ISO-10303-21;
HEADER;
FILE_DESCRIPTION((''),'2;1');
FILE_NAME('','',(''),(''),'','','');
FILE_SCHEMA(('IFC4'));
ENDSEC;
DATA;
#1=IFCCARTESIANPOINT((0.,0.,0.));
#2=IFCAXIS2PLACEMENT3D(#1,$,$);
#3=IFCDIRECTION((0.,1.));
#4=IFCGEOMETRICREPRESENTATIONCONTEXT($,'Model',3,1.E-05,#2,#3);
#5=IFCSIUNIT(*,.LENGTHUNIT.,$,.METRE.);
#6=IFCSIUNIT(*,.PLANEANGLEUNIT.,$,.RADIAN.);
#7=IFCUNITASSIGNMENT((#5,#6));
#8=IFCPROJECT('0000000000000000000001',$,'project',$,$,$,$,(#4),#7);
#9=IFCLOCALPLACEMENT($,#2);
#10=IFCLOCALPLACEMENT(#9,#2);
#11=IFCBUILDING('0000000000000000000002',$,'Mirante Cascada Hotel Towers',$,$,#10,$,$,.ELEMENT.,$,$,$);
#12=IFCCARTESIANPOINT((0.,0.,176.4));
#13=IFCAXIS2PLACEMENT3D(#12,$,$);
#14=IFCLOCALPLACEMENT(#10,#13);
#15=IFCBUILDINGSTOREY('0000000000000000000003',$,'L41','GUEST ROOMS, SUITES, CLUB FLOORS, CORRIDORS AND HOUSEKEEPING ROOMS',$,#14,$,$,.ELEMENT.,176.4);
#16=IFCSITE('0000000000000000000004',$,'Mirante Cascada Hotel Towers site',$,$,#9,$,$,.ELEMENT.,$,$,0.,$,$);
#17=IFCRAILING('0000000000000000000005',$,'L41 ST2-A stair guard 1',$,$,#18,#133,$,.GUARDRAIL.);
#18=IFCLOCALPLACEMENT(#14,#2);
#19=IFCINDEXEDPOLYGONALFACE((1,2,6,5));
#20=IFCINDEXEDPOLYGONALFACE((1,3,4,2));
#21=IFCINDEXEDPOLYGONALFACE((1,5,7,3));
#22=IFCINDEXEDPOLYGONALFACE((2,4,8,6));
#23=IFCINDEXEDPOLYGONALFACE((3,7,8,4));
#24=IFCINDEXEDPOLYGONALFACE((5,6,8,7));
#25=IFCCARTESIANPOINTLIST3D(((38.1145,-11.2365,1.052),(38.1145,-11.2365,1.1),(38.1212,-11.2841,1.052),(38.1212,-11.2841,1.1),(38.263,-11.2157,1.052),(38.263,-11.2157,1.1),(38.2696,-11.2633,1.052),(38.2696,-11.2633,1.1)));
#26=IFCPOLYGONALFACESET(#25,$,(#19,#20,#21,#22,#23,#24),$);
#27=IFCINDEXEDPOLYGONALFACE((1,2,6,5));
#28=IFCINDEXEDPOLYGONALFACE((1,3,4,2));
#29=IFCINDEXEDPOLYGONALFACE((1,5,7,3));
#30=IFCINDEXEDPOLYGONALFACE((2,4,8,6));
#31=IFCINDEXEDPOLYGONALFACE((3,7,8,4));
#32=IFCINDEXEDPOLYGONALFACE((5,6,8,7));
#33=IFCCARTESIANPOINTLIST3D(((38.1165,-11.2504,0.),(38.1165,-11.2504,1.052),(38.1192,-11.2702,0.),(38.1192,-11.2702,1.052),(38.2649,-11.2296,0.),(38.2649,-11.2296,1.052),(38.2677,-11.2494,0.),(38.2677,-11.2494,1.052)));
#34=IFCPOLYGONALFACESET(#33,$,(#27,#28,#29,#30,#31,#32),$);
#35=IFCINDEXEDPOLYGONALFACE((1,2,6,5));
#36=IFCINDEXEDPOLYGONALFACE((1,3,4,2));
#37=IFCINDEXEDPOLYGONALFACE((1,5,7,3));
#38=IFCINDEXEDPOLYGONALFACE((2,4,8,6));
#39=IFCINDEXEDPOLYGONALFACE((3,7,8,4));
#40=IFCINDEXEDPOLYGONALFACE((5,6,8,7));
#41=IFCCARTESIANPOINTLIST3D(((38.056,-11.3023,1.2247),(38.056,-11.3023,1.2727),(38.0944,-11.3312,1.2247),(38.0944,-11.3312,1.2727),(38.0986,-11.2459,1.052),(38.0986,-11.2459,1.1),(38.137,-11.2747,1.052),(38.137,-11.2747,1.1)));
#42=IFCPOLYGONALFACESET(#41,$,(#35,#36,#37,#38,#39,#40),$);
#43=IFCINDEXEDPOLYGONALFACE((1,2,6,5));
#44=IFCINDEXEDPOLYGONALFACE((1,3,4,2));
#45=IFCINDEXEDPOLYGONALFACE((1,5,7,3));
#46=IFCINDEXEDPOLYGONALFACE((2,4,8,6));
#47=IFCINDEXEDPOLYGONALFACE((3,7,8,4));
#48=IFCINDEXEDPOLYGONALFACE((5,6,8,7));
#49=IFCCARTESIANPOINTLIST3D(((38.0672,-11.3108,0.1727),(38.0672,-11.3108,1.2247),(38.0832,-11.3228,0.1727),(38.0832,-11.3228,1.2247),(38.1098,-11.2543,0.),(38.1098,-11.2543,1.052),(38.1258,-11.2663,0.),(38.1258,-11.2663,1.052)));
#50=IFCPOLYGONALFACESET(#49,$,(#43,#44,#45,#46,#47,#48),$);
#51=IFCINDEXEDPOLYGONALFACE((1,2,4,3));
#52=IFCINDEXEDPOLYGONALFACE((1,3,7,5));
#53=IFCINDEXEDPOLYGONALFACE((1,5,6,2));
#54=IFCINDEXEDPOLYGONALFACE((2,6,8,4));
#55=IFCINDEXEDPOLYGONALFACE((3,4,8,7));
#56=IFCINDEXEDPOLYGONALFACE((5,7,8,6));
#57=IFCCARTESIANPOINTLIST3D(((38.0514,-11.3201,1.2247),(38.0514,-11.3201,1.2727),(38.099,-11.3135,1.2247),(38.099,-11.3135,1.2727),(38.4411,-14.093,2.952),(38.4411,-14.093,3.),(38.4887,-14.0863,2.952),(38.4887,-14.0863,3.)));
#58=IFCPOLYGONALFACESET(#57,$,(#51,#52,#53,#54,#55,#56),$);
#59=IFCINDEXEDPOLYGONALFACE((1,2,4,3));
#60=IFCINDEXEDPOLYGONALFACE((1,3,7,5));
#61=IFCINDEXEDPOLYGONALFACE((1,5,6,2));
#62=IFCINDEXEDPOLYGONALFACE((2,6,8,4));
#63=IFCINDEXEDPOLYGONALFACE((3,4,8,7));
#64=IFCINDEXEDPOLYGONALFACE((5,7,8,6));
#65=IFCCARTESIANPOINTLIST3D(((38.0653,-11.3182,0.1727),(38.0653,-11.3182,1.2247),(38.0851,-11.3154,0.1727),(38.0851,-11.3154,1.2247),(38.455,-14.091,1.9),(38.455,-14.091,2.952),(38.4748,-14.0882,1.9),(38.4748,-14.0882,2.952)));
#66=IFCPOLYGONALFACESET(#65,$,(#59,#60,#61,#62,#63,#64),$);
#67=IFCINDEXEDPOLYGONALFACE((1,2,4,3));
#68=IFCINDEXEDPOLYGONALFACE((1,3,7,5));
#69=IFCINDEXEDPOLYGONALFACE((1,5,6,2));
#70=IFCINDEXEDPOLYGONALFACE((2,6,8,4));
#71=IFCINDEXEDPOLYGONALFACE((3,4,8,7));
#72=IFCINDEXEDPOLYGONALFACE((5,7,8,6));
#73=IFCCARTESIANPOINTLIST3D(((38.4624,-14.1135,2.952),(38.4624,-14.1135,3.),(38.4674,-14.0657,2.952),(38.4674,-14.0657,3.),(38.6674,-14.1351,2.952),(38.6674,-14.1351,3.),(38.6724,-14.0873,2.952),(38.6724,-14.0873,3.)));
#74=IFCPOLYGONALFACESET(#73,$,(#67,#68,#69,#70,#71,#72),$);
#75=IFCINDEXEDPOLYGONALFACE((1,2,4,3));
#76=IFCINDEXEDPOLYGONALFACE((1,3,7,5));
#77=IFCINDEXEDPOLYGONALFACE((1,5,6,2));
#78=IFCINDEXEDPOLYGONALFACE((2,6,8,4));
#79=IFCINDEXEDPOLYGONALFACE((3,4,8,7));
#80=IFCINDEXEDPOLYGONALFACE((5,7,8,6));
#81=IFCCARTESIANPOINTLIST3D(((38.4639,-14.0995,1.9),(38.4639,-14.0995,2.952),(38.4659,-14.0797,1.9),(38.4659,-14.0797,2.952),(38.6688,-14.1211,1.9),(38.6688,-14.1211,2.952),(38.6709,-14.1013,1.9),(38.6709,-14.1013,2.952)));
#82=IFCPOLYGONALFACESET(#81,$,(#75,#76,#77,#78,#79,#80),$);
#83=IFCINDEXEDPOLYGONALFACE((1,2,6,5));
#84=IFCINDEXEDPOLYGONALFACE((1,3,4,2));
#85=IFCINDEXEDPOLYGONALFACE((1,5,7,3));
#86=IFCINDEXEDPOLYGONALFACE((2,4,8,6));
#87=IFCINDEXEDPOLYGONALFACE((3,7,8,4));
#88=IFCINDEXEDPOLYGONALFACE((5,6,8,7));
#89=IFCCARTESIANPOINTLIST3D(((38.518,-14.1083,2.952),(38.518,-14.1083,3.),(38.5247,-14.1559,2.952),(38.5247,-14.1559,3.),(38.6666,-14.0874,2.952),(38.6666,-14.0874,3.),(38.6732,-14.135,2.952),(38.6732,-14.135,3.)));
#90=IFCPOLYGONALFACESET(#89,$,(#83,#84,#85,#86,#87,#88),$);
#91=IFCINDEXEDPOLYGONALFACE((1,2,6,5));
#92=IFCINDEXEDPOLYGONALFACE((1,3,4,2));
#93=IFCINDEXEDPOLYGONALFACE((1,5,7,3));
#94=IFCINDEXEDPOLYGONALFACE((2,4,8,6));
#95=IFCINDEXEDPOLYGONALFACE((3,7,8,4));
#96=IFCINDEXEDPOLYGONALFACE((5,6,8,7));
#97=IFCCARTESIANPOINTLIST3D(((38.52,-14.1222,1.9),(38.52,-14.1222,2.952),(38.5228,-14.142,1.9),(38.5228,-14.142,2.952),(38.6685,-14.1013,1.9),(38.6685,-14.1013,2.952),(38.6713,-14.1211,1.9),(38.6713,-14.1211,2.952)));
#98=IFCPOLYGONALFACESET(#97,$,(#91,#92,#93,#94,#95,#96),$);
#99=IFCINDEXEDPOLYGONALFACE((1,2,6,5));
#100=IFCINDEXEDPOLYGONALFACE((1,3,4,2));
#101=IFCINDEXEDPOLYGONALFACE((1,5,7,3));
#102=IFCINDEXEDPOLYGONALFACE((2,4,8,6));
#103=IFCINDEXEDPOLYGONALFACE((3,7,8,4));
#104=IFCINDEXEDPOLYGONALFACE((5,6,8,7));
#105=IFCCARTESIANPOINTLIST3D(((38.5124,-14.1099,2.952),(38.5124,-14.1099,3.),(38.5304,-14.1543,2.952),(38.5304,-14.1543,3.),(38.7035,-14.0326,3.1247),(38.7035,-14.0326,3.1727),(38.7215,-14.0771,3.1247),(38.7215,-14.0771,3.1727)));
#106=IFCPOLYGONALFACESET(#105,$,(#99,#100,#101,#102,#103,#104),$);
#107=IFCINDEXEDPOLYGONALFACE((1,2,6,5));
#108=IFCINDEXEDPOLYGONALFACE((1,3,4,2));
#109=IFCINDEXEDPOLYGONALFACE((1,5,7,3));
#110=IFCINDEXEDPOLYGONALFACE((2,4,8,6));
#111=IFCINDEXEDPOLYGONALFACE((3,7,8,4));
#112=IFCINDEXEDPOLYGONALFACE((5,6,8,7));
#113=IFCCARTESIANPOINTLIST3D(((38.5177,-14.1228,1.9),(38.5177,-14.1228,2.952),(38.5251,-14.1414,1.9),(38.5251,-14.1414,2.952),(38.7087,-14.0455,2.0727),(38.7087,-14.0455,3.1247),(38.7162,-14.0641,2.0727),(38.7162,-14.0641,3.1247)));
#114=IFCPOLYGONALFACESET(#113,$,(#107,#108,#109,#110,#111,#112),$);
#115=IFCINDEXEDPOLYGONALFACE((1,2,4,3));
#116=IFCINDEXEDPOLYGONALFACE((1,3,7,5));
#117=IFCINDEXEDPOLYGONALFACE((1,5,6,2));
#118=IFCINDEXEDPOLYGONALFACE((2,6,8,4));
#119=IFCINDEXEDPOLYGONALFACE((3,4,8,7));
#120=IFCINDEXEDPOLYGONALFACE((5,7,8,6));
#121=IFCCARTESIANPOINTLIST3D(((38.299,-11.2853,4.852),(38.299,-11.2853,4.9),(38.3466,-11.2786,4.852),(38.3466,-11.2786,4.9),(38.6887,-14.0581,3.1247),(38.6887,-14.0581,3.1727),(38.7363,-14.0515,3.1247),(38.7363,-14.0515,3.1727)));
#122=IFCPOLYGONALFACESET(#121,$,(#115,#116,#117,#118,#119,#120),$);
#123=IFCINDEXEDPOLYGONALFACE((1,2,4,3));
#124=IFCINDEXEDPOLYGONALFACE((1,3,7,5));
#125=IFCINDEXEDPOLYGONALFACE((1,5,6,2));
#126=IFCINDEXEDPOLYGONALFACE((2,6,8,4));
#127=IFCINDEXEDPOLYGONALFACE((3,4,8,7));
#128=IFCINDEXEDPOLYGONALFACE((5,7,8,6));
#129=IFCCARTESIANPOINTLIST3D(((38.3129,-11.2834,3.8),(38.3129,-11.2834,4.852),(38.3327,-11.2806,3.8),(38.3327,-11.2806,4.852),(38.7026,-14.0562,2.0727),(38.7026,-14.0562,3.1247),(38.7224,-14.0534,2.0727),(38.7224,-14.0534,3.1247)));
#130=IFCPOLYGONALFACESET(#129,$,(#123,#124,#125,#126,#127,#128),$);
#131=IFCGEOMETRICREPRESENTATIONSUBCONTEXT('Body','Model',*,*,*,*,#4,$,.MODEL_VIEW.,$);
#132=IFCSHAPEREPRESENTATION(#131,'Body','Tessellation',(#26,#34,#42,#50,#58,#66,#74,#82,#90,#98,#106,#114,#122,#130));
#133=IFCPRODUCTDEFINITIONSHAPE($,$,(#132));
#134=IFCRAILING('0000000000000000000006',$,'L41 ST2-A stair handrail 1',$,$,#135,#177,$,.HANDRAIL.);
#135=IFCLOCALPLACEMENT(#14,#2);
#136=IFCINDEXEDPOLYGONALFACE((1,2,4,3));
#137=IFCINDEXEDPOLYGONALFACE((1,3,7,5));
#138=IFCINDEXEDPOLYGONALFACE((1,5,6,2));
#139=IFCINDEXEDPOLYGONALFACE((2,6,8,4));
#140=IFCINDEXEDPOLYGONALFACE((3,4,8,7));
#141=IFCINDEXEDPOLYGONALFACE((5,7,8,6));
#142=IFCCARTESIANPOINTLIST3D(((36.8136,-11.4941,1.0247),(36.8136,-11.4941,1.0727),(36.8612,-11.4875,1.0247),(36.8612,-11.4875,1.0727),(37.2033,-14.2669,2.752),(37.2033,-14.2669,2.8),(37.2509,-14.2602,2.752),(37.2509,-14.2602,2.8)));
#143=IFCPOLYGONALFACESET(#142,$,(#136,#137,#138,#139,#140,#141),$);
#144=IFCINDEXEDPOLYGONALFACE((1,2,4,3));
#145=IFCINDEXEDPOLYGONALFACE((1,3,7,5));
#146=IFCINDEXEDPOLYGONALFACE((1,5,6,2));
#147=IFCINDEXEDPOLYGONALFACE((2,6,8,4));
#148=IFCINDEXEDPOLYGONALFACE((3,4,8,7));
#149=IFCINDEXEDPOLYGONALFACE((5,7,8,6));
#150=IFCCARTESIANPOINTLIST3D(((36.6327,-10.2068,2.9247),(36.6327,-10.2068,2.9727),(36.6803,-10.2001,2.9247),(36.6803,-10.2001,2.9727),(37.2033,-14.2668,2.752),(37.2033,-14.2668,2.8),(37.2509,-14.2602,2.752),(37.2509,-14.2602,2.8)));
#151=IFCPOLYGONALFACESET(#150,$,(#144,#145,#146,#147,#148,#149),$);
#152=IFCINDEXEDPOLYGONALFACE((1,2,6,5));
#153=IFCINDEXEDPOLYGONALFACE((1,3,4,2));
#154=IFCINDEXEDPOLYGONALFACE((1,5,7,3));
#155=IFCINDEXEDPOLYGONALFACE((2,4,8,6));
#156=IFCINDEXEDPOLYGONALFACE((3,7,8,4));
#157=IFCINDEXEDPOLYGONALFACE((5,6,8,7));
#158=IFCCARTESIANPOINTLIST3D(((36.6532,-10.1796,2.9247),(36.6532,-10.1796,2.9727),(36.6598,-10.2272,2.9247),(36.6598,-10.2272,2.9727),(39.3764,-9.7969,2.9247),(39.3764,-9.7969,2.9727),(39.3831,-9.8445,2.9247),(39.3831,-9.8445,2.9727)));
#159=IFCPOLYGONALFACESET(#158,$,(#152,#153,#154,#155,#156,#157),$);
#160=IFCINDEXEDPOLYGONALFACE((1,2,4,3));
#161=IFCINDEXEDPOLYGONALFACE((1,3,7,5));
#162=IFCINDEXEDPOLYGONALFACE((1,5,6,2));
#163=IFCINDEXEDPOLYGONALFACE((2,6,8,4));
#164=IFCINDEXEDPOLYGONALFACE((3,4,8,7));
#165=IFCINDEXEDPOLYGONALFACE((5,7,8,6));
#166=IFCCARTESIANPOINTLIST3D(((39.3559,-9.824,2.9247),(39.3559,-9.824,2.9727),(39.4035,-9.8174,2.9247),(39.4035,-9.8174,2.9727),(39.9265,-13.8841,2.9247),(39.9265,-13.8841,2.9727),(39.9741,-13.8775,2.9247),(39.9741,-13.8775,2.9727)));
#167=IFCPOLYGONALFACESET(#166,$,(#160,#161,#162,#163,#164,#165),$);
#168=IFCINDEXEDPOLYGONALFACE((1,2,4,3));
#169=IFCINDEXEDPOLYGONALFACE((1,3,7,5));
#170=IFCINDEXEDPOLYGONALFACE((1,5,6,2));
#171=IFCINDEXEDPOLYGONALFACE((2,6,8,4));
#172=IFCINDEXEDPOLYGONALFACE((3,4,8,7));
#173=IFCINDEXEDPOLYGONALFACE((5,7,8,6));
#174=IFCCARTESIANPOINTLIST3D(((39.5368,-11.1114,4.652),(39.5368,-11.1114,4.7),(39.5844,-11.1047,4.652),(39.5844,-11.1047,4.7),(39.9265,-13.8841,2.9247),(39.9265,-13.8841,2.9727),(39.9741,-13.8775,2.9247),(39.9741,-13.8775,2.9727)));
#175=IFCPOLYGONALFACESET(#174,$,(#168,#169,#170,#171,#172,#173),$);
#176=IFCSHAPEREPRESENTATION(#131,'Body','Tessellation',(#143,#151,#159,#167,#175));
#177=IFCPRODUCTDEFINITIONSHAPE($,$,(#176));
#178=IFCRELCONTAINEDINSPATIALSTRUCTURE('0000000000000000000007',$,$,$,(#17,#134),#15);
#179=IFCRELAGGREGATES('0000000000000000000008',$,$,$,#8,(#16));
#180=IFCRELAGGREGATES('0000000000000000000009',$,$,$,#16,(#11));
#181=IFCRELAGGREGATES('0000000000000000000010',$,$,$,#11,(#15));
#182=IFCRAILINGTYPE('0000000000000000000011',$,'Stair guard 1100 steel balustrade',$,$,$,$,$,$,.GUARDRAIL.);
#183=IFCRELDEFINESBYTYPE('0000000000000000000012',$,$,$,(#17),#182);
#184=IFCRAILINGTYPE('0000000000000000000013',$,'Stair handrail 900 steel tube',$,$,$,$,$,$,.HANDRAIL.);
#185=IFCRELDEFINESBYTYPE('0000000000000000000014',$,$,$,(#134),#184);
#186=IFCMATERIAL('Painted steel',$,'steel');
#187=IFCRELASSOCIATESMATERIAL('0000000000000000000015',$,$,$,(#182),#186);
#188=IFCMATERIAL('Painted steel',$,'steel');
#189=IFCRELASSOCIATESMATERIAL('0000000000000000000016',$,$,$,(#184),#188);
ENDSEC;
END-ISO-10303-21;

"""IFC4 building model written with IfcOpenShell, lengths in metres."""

from ifc_helpers import new_model, si_unit, direction, frame, origin, origin_2d, place, context, subcontext, project, spatial, rectangle, extrude, material, type_object, element, save


model = new_model("IFC4")

# Units and contexts
model_context = context("Model", 3, precision=1e-05, world=origin(), true_north=direction((0.0, 1.0)))
body_context = subcontext(model_context, "Body", "Model", "MODEL_VIEW")
ifc_project = project(units=[si_unit("LENGTHUNIT", "METRE"), si_unit("PLANEANGLEUNIT", "RADIAN")], contexts=[model_context])

# Site, building, storey
site_placement = place(None, origin())
site = spatial("IfcSite", under=ifc_project, at=site_placement, Name="Mirante Cascada Hotel Towers site", CompositionType="ELEMENT", RefElevation=0.0)
building_placement = place(site_placement, origin())
building = spatial("IfcBuilding", under=site, at=building_placement, Name="Mirante Cascada Hotel Towers", CompositionType="ELEMENT")
storey_placement = place(building_placement, frame((0.0, 0.0, 176.4)))
storey = spatial("IfcBuildingStorey", under=building, at=storey_placement, Name="L41", Description="GUEST ROOMS, SUITES, CLUB FLOORS, CORRIDORS AND HOUSEKEEPING ROOMS", CompositionType="ELEMENT", Elevation=176.4)

# Railings
ifc_material_1 = material(Name="Painted steel", Category="steel")
railing_type_1 = type_object("IfcRailingType", Name="Stair guard 1100 steel balustrade", PredefinedType="GUARDRAIL", material=ifc_material_1)
railing_1_placement = place(storey_placement, frame((38.2663, -11.2395, 0.0)))
element("IfcRailing", 1, at=railing_1_placement, inside=storey, type_object=railing_type_1, Name="L41 ST2-A stair guard 1", PredefinedType="GUARDRAIL", context=body_context, shape_type="SweptSolid", body=[
    extrude(rectangle(XDim=0.048, YDim=0.048, at=origin_2d()), frame((0.0, 0.0, 1.076), z_axis=(-0.990333, -0.138713, 0.0), x_axis=(0.138713, -0.990333, 0.0)), (0.0, 0.0, 1.0), 0.1499),
    extrude(rectangle(XDim=0.02, YDim=1.052, at=origin_2d()), frame((0.0, 0.0, 0.526), z_axis=(-0.990333, -0.138713, 0.0), x_axis=(0.138713, -0.990333, 0.0)), (0.0, 0.0, 1.0), 0.1499),
    extrude(rectangle(XDim=0.048, YDim=0.048, at=origin_2d()), frame((-0.1485, -0.0208, 1.076), z_axis=(-0.602033, -0.798471, 0.0), x_axis=(0.798471, -0.602033, 0.0)), (0.0, 0.92534, 0.379139), 0.1866),
    extrude(rectangle(XDim=0.02, YDim=1.052, at=origin_2d()), frame((-0.1485, -0.0208, 0.526), z_axis=(-0.602033, -0.798471, 0.0), x_axis=(0.798471, -0.602033, 0.0)), (0.0, 0.92534, 0.379139), 0.1866),
    extrude(rectangle(XDim=0.048, YDim=0.048, at=origin_2d()), frame((-0.1911, -0.0773, 1.2487), z_axis=(0.139176, -0.990268, 0.0), x_axis=(0.990268, 0.139176, 0.0)), (0.0, 0.525021, 0.851089), 3.29),
    extrude(rectangle(XDim=0.02, YDim=1.052, at=origin_2d()), frame((-0.1911, -0.0773, 0.6987), z_axis=(0.139176, -0.990268, 0.0), x_axis=(0.990268, 0.139176, 0.0)), (0.0, 0.525021, 0.851089), 3.29),
    extrude(rectangle(XDim=0.048, YDim=0.048, at=origin_2d()), frame((0.1986, -2.8501, 2.976), z_axis=(0.994495, -0.104786, 0.0), x_axis=(0.104786, 0.994495, 0.0)), (0.0, 0.0, 1.0), 0.2061),
    extrude(rectangle(XDim=0.02, YDim=1.052, at=origin_2d()), frame((0.1986, -2.8501, 2.426), z_axis=(0.994495, -0.104786, 0.0), x_axis=(0.104786, 0.994495, 0.0)), (0.0, 0.0, 1.0), 0.2061),
    extrude(rectangle(XDim=0.048, YDim=0.048, at=origin_2d()), frame((0.4036, -2.8717, 2.976), z_axis=(-0.990241, -0.139367, 0.0), x_axis=(0.139367, -0.990241, 0.0)), (0.0, 0.0, 1.0), 0.15),
    extrude(rectangle(XDim=0.02, YDim=1.052, at=origin_2d()), frame((0.4036, -2.8717, 2.426), z_axis=(-0.990241, -0.139367, 0.0), x_axis=(0.139367, -0.990241, 0.0)), (0.0, 0.0, 1.0), 0.15),
    extrude(rectangle(XDim=0.048, YDim=0.048, at=origin_2d()), frame((0.2551, -2.8926, 2.976), z_axis=(0.927031, 0.374984, 0.0), x_axis=(-0.374984, 0.927031, 0.0)), (0.0, 0.64219, 0.766545), 0.2689),
    extrude(rectangle(XDim=0.02, YDim=1.052, at=origin_2d()), frame((0.2551, -2.8926, 2.426), z_axis=(0.927031, 0.374984, 0.0), x_axis=(-0.374984, 0.927031, 0.0)), (0.0, 0.64219, 0.766545), 0.2689),
    extrude(rectangle(XDim=0.048, YDim=0.048, at=origin_2d()), frame((0.4462, -2.8153, 3.1487), z_axis=(-0.139176, 0.990268, 0.0), x_axis=(-0.990268, -0.139176, 0.0)), (0.0, 0.525021, 0.851089), 3.29),
    extrude(rectangle(XDim=0.02, YDim=1.052, at=origin_2d()), frame((0.4462, -2.8153, 2.5987), z_axis=(-0.139176, 0.990268, 0.0), x_axis=(-0.990268, -0.139176, 0.0)), (0.0, 0.525021, 0.851089), 3.29),
])
ifc_material_2 = material(Name="Painted steel", Category="steel")
railing_type_2 = type_object("IfcRailingType", Name="Stair handrail 900 steel tube", PredefinedType="HANDRAIL", material=ifc_material_2)
railing_2_placement = place(storey_placement, frame((36.8374, -11.4908, 0.1727)))
element("IfcRailing", 2, at=railing_2_placement, inside=storey, type_object=railing_type_2, Name="L41 ST2-A stair handrail 1", PredefinedType="HANDRAIL", context=body_context, shape_type="SweptSolid", body=[
    extrude(rectangle(XDim=0.048, YDim=0.048, at=origin_2d()), frame((0.0, 0.0, 0.876), z_axis=(0.139181, -0.990267, 0.0), x_axis=(0.990267, 0.139181, 0.0)), (0.0, 0.525035, 0.851081), 3.2899),
    extrude(rectangle(XDim=0.048, YDim=0.048, at=origin_2d()), frame((0.3897, -2.7727, 2.6033), z_axis=(-0.139171, 0.990268, 0.0), x_axis=(-0.990268, -0.139171, 0.0)), (0.0, 0.042085, 0.999114), 4.1036),
    extrude(rectangle(XDim=0.048, YDim=0.048, at=origin_2d()), frame((-0.1809, 1.2874, 2.776), z_axis=(0.990269, 0.139166, 0.0), x_axis=(-0.139166, 0.990269, 0.0)), (0.0, 0.0, 1.0), 2.75),
    extrude(rectangle(XDim=0.048, YDim=0.048, at=origin_2d()), frame((2.5423, 1.6701, 2.776), z_axis=(0.139171, -0.990268, 0.0), x_axis=(0.990268, 0.139171, 0.0)), (0.0, 0.0, 1.0), 4.1),
    extrude(rectangle(XDim=0.048, YDim=0.048, at=origin_2d()), frame((3.1129, -2.39, 2.776), z_axis=(-0.139181, 0.990267, 0.0), x_axis=(-0.990267, -0.139181, 0.0)), (0.0, 0.525035, 0.851081), 3.2899),
])

save(model, "model.ifc")
